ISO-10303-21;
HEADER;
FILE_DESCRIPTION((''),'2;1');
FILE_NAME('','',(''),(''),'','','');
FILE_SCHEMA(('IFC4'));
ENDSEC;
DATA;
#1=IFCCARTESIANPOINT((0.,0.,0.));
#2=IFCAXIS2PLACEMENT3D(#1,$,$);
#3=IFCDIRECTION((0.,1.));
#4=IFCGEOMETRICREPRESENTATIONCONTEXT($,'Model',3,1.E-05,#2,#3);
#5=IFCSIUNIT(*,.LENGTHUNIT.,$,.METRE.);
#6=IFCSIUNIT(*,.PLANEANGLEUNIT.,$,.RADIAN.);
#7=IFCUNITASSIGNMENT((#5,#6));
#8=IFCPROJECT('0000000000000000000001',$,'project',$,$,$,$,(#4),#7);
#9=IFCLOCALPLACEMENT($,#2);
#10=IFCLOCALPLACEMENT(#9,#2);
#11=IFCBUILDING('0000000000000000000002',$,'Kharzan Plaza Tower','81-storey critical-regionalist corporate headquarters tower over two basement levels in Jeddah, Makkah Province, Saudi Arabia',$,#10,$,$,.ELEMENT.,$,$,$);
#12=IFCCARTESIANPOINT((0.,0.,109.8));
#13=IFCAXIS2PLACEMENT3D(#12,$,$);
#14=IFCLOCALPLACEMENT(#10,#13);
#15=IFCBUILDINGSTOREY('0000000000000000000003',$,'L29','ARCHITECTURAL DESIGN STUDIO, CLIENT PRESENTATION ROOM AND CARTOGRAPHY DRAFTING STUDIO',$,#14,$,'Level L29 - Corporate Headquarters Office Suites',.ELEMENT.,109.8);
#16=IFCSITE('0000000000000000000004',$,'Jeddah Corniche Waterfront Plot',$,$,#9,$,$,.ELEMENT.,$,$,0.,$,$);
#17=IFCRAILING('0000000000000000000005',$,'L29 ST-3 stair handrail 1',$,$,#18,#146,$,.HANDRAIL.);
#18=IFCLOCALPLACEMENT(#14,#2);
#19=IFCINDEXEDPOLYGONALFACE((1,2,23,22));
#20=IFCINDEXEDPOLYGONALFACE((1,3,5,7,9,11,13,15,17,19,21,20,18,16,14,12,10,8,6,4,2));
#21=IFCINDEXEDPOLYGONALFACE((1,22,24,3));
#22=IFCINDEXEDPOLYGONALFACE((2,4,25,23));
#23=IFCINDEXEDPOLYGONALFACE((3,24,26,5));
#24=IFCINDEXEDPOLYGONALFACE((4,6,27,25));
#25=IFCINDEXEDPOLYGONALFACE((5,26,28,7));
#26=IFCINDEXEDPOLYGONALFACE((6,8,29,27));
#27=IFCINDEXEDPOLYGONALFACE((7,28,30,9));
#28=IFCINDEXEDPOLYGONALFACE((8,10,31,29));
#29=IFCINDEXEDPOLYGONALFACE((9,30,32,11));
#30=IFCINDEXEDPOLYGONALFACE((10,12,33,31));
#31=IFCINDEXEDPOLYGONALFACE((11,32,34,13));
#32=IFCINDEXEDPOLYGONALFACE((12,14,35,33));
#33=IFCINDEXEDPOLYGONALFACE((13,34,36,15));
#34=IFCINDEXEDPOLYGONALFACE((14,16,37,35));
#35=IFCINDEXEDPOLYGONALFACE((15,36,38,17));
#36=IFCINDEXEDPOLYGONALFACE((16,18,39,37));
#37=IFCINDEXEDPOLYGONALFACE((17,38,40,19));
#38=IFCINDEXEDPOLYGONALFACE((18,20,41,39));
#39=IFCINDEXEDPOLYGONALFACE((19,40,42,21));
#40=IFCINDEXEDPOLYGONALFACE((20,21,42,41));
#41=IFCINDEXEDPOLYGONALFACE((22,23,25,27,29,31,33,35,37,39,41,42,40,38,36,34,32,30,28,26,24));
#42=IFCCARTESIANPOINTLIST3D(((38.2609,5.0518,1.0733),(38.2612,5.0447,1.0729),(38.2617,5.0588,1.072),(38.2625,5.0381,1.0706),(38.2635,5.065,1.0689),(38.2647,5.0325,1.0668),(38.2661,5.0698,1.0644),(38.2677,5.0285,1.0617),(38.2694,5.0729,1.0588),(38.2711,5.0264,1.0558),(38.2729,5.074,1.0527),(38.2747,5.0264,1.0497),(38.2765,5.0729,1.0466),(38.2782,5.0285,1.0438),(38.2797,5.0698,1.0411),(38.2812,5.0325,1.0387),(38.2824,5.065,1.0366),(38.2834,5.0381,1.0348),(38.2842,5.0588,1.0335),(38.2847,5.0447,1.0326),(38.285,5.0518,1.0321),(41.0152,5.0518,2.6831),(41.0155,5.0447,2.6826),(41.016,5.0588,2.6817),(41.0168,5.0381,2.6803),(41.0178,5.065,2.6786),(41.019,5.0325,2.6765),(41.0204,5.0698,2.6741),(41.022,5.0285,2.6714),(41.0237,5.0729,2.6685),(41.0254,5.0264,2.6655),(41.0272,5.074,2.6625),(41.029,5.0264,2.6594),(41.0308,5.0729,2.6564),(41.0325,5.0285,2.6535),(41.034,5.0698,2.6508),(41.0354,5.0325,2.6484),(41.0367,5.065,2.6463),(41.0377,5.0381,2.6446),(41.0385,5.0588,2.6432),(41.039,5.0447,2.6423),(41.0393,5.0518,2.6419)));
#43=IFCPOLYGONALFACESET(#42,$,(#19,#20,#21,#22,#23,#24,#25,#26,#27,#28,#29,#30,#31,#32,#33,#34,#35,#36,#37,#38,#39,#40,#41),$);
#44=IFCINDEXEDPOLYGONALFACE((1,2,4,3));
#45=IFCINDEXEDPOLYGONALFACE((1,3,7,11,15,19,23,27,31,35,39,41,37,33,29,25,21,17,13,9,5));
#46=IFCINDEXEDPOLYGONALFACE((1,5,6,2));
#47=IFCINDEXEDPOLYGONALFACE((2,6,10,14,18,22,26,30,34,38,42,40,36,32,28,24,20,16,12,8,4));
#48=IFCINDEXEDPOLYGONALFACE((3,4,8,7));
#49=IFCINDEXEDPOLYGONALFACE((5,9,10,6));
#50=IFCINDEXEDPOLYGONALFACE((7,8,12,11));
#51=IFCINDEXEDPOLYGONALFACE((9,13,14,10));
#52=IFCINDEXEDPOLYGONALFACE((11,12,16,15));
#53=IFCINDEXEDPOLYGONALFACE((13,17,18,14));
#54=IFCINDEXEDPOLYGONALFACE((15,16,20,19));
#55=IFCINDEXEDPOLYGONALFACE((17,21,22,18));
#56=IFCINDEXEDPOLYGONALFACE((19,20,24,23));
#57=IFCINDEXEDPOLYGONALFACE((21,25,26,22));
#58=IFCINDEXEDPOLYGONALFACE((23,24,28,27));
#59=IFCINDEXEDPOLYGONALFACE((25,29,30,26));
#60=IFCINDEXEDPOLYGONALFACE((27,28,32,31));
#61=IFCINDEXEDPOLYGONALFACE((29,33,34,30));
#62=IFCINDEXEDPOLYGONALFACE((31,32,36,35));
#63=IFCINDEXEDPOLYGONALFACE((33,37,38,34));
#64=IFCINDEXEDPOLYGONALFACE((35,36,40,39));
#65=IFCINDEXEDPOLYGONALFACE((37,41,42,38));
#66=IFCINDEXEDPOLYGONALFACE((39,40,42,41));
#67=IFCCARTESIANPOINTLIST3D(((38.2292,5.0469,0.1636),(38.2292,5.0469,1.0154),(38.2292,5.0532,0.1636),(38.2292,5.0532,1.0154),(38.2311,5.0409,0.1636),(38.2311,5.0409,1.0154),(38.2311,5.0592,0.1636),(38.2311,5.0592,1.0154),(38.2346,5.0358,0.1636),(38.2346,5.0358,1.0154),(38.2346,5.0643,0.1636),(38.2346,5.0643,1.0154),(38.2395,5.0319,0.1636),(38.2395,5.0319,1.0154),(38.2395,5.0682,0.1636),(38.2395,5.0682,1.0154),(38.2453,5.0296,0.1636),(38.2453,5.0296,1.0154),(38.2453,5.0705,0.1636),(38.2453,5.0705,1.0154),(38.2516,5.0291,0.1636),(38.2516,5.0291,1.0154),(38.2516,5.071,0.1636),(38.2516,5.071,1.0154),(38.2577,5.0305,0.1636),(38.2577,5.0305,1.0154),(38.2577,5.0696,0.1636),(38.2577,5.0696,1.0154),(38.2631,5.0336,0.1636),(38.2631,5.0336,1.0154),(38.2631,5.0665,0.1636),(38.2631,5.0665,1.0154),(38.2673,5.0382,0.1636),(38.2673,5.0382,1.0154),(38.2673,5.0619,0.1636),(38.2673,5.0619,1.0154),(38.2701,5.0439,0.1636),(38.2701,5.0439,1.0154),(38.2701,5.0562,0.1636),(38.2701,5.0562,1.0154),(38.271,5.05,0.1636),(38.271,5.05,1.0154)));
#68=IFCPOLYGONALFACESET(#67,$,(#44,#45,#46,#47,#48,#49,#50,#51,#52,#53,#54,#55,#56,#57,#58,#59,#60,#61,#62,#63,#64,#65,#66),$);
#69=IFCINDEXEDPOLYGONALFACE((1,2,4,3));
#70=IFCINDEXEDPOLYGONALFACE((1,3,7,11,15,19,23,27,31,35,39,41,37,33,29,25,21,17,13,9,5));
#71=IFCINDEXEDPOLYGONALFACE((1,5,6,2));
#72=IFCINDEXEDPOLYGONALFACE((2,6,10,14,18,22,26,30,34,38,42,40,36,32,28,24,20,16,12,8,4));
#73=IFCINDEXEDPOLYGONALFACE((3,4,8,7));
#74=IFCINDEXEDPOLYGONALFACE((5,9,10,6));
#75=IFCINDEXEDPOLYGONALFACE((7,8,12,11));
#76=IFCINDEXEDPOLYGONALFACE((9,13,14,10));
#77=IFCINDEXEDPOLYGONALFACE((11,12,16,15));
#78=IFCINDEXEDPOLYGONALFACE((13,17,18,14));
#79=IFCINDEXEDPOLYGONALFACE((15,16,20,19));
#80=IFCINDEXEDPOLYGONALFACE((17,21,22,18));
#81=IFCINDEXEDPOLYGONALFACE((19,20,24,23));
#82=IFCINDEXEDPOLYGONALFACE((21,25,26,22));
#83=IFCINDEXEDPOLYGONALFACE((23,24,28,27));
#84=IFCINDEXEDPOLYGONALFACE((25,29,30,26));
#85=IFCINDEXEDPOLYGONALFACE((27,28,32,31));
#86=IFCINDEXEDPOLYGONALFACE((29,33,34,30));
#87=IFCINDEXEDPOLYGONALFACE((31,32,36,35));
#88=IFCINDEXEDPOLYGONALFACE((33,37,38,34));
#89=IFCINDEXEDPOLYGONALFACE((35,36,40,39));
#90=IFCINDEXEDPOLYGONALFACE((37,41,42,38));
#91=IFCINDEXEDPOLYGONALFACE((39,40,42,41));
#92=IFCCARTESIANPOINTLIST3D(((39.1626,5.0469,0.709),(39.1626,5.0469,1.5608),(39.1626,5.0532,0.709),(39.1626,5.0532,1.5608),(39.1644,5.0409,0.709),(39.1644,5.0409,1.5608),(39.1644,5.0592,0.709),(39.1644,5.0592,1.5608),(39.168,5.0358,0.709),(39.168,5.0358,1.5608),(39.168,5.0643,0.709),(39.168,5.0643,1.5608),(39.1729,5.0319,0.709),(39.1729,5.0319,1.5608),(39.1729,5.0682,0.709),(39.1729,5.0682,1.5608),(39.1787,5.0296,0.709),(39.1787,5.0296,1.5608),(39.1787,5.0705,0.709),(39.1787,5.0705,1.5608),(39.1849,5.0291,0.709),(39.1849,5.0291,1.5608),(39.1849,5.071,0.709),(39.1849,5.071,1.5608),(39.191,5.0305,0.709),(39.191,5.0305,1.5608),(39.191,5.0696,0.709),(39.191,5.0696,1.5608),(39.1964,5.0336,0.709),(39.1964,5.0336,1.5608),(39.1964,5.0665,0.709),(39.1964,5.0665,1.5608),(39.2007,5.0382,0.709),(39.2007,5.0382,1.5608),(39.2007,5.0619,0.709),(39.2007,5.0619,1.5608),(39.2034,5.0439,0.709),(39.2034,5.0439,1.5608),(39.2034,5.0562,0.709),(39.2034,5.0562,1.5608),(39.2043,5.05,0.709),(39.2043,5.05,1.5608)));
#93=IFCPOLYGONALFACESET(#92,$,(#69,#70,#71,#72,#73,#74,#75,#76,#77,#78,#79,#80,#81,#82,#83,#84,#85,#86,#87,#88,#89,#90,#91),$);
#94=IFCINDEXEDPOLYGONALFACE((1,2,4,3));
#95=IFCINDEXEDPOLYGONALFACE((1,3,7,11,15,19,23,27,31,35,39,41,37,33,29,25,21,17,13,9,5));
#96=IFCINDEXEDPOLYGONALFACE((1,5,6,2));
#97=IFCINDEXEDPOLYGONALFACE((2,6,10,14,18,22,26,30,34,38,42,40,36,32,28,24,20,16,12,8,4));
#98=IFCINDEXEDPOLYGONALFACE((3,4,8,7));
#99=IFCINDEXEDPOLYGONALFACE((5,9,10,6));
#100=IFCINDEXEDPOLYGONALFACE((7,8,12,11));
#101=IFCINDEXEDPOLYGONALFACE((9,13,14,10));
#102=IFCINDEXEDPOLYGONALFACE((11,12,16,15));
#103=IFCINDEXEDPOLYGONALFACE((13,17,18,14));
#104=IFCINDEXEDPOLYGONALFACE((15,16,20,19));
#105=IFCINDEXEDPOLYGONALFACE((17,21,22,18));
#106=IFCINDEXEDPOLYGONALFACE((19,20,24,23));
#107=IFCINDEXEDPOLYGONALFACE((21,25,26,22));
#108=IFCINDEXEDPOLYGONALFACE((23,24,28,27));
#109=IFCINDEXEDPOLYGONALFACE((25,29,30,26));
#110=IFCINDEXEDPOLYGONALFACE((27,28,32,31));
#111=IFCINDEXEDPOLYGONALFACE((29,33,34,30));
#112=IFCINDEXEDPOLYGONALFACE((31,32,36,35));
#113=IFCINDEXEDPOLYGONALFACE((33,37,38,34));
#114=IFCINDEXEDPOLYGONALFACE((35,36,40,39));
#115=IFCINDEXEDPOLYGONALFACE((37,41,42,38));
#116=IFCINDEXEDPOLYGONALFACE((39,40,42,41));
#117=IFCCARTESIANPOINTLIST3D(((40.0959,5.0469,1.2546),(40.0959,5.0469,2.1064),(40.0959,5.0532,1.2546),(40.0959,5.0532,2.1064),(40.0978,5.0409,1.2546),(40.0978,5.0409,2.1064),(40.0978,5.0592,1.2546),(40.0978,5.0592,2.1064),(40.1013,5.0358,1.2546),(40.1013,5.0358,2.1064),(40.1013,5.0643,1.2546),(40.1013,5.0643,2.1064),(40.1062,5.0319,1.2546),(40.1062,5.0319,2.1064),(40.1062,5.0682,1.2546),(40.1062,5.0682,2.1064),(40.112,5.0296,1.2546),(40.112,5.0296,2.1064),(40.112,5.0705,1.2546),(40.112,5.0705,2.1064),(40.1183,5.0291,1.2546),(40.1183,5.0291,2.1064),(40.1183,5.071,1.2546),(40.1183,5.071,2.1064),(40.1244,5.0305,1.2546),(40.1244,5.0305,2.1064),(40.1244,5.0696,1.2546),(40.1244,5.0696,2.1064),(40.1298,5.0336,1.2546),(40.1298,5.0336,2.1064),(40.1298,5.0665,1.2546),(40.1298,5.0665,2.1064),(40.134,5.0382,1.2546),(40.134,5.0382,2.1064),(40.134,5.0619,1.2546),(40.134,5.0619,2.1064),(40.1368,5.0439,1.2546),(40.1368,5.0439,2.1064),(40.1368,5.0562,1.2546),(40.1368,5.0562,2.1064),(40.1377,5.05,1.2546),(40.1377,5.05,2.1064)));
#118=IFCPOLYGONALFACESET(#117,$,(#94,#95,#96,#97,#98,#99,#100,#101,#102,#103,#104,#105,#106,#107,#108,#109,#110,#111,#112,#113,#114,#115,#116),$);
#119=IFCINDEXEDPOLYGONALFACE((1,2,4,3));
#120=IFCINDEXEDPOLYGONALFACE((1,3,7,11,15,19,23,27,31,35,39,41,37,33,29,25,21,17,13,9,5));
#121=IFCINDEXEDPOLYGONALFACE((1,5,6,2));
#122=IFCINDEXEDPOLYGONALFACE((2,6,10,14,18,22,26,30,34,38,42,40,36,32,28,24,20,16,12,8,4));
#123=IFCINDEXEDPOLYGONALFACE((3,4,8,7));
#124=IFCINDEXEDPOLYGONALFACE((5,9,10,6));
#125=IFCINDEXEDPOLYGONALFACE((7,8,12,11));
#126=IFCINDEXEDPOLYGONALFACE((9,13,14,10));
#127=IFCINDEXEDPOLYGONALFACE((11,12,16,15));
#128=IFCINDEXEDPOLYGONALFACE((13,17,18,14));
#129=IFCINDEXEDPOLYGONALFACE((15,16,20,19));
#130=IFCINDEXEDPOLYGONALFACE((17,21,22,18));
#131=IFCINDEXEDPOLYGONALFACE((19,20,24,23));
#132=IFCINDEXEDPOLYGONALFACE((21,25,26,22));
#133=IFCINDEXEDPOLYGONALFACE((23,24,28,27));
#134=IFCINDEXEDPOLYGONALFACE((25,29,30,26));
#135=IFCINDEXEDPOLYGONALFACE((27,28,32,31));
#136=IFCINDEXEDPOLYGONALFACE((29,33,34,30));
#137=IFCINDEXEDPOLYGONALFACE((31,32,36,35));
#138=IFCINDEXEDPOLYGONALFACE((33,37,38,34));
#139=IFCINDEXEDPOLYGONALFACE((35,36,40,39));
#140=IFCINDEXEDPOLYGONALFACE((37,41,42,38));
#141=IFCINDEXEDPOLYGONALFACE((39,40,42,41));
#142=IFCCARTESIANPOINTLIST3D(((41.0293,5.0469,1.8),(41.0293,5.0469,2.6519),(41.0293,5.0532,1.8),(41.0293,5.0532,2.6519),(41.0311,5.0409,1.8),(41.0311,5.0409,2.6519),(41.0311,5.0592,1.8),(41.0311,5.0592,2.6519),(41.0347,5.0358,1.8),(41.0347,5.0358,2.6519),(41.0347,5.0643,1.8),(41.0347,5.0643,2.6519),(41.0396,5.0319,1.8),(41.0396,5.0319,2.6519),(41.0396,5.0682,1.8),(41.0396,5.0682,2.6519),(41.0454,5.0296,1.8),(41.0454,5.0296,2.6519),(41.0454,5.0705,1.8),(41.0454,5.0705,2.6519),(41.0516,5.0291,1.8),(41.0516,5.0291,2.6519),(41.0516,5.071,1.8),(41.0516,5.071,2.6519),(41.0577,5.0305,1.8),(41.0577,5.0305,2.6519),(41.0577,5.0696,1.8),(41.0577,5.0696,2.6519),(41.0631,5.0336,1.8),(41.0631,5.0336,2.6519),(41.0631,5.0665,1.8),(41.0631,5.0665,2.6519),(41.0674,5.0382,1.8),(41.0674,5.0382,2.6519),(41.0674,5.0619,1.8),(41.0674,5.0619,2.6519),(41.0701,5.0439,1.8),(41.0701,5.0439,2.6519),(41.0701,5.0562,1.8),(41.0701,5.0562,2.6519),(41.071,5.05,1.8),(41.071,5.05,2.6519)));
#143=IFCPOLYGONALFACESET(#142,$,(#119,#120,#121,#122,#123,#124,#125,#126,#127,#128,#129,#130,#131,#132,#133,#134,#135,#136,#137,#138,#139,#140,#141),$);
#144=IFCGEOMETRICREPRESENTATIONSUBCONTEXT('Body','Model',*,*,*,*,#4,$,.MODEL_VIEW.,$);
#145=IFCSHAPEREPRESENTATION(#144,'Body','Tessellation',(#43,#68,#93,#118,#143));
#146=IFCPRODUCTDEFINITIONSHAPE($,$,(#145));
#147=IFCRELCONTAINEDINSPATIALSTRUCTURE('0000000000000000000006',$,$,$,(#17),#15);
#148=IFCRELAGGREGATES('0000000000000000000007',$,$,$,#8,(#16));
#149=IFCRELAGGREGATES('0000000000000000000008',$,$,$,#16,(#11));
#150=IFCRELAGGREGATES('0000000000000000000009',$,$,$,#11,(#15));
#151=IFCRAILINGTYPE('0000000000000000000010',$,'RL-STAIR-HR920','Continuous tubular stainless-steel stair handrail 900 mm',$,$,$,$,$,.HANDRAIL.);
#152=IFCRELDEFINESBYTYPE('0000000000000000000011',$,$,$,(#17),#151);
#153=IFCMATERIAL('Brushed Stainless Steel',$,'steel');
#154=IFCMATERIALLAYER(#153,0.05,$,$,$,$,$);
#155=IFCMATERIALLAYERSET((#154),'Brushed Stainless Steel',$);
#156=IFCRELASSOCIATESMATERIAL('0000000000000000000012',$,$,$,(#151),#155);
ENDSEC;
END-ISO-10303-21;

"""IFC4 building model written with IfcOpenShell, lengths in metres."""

from ifc_helpers import new_model, si_unit, direction, frame, origin, origin_2d, place, context, subcontext, project, spatial, circle, extrude, source, transform, mapped, material, layer, layer_set, type_object, element, save


model = new_model("IFC4")

# Units and contexts
model_context = context("Model", 3, precision=1e-05, world=origin(), true_north=direction((0.0, 1.0)))
body_context = subcontext(model_context, "Body", "Model", "MODEL_VIEW")
ifc_project = project(units=[si_unit("LENGTHUNIT", "METRE"), si_unit("PLANEANGLEUNIT", "RADIAN")], contexts=[model_context])

# Site, building, storey
site_placement = place(None, origin())
site = spatial("IfcSite", under=ifc_project, at=site_placement, Name="Jeddah Corniche Waterfront Plot", CompositionType="ELEMENT", RefElevation=0.0)
building_placement = place(site_placement, origin())
building = spatial("IfcBuilding", under=site, at=building_placement, Name="Kharzan Plaza Tower", Description="81-storey critical-regionalist corporate headquarters tower over two basement levels in Jeddah, Makkah Province, Saudi Arabia", CompositionType="ELEMENT")
storey_placement = place(building_placement, frame((0.0, 0.0, 109.8)))
storey = spatial("IfcBuildingStorey", under=building, at=storey_placement, Name="L29", Description="ARCHITECTURAL DESIGN STUDIO, CLIENT PRESENTATION ROOM AND CARTOGRAPHY DRAFTING STUDIO", LongName="Level L29 - Corporate Headquarters Office Suites", CompositionType="ELEMENT", Elevation=109.8)

# Shared definitions
ifc_material_1 = material(Name="Brushed Stainless Steel", Category="steel")

# Railing
ifc_layer_1 = layer(ifc_material_1, 0.05)
ifc_layer_set_1 = layer_set([ifc_layer_1], Name="Brushed Stainless Steel")
railing_type_1 = type_object("IfcRailingType", Name="RL-STAIR-HR920", Description="Continuous tubular stainless-steel stair handrail 900 mm", PredefinedType="HANDRAIL", material=ifc_layer_set_1)
shared_shape_1 = source(origin(), body_context, "Body", "SweptSolid", [
    extrude(circle(Radius=0.0239, at=origin_2d()), frame((0.0229, 0.0, 0.8892), z_axis=(0.863361, 0.0, 0.504587), x_axis=(0.0, 1.0, 0.0)), (0.0, 0.0, 1.0), 3.1902),
    extrude(circle(Radius=0.021, at=origin_2d()), origin(), (0.0, 0.0, 1.0), 0.8518),
    extrude(circle(Radius=0.021, at=origin_2d()), frame((0.9333, 0.0, 0.5454)), (0.0, 0.0, 1.0), 0.8518),
    extrude(circle(Radius=0.021, at=origin_2d()), frame((1.8667, 0.0, 1.0911)), (0.0, 0.0, 1.0), 0.8518),
    extrude(circle(Radius=0.021, at=origin_2d()), frame((2.8, 0.0, 1.6365)), (0.0, 0.0, 1.0), 0.8518),
])
railing_1_placement = place(storey_placement, frame((38.25, 5.05, 0.1636)))
element("IfcRailing", 1, at=railing_1_placement, inside=storey, type_object=railing_type_1, Name="L29 ST-3 stair handrail 1", PredefinedType="HANDRAIL", context=body_context, shape_type="MappedRepresentation", body=[
    mapped(shared_shape_1, transform((0.0, 0.0, 0.0), x_axis=(1.0, 0.0, 0.0), y_axis=(0.0, 1.0, 0.0), z_axis=(0.0, 0.0, 1.0))),
])

save(model, "model.ifc")
